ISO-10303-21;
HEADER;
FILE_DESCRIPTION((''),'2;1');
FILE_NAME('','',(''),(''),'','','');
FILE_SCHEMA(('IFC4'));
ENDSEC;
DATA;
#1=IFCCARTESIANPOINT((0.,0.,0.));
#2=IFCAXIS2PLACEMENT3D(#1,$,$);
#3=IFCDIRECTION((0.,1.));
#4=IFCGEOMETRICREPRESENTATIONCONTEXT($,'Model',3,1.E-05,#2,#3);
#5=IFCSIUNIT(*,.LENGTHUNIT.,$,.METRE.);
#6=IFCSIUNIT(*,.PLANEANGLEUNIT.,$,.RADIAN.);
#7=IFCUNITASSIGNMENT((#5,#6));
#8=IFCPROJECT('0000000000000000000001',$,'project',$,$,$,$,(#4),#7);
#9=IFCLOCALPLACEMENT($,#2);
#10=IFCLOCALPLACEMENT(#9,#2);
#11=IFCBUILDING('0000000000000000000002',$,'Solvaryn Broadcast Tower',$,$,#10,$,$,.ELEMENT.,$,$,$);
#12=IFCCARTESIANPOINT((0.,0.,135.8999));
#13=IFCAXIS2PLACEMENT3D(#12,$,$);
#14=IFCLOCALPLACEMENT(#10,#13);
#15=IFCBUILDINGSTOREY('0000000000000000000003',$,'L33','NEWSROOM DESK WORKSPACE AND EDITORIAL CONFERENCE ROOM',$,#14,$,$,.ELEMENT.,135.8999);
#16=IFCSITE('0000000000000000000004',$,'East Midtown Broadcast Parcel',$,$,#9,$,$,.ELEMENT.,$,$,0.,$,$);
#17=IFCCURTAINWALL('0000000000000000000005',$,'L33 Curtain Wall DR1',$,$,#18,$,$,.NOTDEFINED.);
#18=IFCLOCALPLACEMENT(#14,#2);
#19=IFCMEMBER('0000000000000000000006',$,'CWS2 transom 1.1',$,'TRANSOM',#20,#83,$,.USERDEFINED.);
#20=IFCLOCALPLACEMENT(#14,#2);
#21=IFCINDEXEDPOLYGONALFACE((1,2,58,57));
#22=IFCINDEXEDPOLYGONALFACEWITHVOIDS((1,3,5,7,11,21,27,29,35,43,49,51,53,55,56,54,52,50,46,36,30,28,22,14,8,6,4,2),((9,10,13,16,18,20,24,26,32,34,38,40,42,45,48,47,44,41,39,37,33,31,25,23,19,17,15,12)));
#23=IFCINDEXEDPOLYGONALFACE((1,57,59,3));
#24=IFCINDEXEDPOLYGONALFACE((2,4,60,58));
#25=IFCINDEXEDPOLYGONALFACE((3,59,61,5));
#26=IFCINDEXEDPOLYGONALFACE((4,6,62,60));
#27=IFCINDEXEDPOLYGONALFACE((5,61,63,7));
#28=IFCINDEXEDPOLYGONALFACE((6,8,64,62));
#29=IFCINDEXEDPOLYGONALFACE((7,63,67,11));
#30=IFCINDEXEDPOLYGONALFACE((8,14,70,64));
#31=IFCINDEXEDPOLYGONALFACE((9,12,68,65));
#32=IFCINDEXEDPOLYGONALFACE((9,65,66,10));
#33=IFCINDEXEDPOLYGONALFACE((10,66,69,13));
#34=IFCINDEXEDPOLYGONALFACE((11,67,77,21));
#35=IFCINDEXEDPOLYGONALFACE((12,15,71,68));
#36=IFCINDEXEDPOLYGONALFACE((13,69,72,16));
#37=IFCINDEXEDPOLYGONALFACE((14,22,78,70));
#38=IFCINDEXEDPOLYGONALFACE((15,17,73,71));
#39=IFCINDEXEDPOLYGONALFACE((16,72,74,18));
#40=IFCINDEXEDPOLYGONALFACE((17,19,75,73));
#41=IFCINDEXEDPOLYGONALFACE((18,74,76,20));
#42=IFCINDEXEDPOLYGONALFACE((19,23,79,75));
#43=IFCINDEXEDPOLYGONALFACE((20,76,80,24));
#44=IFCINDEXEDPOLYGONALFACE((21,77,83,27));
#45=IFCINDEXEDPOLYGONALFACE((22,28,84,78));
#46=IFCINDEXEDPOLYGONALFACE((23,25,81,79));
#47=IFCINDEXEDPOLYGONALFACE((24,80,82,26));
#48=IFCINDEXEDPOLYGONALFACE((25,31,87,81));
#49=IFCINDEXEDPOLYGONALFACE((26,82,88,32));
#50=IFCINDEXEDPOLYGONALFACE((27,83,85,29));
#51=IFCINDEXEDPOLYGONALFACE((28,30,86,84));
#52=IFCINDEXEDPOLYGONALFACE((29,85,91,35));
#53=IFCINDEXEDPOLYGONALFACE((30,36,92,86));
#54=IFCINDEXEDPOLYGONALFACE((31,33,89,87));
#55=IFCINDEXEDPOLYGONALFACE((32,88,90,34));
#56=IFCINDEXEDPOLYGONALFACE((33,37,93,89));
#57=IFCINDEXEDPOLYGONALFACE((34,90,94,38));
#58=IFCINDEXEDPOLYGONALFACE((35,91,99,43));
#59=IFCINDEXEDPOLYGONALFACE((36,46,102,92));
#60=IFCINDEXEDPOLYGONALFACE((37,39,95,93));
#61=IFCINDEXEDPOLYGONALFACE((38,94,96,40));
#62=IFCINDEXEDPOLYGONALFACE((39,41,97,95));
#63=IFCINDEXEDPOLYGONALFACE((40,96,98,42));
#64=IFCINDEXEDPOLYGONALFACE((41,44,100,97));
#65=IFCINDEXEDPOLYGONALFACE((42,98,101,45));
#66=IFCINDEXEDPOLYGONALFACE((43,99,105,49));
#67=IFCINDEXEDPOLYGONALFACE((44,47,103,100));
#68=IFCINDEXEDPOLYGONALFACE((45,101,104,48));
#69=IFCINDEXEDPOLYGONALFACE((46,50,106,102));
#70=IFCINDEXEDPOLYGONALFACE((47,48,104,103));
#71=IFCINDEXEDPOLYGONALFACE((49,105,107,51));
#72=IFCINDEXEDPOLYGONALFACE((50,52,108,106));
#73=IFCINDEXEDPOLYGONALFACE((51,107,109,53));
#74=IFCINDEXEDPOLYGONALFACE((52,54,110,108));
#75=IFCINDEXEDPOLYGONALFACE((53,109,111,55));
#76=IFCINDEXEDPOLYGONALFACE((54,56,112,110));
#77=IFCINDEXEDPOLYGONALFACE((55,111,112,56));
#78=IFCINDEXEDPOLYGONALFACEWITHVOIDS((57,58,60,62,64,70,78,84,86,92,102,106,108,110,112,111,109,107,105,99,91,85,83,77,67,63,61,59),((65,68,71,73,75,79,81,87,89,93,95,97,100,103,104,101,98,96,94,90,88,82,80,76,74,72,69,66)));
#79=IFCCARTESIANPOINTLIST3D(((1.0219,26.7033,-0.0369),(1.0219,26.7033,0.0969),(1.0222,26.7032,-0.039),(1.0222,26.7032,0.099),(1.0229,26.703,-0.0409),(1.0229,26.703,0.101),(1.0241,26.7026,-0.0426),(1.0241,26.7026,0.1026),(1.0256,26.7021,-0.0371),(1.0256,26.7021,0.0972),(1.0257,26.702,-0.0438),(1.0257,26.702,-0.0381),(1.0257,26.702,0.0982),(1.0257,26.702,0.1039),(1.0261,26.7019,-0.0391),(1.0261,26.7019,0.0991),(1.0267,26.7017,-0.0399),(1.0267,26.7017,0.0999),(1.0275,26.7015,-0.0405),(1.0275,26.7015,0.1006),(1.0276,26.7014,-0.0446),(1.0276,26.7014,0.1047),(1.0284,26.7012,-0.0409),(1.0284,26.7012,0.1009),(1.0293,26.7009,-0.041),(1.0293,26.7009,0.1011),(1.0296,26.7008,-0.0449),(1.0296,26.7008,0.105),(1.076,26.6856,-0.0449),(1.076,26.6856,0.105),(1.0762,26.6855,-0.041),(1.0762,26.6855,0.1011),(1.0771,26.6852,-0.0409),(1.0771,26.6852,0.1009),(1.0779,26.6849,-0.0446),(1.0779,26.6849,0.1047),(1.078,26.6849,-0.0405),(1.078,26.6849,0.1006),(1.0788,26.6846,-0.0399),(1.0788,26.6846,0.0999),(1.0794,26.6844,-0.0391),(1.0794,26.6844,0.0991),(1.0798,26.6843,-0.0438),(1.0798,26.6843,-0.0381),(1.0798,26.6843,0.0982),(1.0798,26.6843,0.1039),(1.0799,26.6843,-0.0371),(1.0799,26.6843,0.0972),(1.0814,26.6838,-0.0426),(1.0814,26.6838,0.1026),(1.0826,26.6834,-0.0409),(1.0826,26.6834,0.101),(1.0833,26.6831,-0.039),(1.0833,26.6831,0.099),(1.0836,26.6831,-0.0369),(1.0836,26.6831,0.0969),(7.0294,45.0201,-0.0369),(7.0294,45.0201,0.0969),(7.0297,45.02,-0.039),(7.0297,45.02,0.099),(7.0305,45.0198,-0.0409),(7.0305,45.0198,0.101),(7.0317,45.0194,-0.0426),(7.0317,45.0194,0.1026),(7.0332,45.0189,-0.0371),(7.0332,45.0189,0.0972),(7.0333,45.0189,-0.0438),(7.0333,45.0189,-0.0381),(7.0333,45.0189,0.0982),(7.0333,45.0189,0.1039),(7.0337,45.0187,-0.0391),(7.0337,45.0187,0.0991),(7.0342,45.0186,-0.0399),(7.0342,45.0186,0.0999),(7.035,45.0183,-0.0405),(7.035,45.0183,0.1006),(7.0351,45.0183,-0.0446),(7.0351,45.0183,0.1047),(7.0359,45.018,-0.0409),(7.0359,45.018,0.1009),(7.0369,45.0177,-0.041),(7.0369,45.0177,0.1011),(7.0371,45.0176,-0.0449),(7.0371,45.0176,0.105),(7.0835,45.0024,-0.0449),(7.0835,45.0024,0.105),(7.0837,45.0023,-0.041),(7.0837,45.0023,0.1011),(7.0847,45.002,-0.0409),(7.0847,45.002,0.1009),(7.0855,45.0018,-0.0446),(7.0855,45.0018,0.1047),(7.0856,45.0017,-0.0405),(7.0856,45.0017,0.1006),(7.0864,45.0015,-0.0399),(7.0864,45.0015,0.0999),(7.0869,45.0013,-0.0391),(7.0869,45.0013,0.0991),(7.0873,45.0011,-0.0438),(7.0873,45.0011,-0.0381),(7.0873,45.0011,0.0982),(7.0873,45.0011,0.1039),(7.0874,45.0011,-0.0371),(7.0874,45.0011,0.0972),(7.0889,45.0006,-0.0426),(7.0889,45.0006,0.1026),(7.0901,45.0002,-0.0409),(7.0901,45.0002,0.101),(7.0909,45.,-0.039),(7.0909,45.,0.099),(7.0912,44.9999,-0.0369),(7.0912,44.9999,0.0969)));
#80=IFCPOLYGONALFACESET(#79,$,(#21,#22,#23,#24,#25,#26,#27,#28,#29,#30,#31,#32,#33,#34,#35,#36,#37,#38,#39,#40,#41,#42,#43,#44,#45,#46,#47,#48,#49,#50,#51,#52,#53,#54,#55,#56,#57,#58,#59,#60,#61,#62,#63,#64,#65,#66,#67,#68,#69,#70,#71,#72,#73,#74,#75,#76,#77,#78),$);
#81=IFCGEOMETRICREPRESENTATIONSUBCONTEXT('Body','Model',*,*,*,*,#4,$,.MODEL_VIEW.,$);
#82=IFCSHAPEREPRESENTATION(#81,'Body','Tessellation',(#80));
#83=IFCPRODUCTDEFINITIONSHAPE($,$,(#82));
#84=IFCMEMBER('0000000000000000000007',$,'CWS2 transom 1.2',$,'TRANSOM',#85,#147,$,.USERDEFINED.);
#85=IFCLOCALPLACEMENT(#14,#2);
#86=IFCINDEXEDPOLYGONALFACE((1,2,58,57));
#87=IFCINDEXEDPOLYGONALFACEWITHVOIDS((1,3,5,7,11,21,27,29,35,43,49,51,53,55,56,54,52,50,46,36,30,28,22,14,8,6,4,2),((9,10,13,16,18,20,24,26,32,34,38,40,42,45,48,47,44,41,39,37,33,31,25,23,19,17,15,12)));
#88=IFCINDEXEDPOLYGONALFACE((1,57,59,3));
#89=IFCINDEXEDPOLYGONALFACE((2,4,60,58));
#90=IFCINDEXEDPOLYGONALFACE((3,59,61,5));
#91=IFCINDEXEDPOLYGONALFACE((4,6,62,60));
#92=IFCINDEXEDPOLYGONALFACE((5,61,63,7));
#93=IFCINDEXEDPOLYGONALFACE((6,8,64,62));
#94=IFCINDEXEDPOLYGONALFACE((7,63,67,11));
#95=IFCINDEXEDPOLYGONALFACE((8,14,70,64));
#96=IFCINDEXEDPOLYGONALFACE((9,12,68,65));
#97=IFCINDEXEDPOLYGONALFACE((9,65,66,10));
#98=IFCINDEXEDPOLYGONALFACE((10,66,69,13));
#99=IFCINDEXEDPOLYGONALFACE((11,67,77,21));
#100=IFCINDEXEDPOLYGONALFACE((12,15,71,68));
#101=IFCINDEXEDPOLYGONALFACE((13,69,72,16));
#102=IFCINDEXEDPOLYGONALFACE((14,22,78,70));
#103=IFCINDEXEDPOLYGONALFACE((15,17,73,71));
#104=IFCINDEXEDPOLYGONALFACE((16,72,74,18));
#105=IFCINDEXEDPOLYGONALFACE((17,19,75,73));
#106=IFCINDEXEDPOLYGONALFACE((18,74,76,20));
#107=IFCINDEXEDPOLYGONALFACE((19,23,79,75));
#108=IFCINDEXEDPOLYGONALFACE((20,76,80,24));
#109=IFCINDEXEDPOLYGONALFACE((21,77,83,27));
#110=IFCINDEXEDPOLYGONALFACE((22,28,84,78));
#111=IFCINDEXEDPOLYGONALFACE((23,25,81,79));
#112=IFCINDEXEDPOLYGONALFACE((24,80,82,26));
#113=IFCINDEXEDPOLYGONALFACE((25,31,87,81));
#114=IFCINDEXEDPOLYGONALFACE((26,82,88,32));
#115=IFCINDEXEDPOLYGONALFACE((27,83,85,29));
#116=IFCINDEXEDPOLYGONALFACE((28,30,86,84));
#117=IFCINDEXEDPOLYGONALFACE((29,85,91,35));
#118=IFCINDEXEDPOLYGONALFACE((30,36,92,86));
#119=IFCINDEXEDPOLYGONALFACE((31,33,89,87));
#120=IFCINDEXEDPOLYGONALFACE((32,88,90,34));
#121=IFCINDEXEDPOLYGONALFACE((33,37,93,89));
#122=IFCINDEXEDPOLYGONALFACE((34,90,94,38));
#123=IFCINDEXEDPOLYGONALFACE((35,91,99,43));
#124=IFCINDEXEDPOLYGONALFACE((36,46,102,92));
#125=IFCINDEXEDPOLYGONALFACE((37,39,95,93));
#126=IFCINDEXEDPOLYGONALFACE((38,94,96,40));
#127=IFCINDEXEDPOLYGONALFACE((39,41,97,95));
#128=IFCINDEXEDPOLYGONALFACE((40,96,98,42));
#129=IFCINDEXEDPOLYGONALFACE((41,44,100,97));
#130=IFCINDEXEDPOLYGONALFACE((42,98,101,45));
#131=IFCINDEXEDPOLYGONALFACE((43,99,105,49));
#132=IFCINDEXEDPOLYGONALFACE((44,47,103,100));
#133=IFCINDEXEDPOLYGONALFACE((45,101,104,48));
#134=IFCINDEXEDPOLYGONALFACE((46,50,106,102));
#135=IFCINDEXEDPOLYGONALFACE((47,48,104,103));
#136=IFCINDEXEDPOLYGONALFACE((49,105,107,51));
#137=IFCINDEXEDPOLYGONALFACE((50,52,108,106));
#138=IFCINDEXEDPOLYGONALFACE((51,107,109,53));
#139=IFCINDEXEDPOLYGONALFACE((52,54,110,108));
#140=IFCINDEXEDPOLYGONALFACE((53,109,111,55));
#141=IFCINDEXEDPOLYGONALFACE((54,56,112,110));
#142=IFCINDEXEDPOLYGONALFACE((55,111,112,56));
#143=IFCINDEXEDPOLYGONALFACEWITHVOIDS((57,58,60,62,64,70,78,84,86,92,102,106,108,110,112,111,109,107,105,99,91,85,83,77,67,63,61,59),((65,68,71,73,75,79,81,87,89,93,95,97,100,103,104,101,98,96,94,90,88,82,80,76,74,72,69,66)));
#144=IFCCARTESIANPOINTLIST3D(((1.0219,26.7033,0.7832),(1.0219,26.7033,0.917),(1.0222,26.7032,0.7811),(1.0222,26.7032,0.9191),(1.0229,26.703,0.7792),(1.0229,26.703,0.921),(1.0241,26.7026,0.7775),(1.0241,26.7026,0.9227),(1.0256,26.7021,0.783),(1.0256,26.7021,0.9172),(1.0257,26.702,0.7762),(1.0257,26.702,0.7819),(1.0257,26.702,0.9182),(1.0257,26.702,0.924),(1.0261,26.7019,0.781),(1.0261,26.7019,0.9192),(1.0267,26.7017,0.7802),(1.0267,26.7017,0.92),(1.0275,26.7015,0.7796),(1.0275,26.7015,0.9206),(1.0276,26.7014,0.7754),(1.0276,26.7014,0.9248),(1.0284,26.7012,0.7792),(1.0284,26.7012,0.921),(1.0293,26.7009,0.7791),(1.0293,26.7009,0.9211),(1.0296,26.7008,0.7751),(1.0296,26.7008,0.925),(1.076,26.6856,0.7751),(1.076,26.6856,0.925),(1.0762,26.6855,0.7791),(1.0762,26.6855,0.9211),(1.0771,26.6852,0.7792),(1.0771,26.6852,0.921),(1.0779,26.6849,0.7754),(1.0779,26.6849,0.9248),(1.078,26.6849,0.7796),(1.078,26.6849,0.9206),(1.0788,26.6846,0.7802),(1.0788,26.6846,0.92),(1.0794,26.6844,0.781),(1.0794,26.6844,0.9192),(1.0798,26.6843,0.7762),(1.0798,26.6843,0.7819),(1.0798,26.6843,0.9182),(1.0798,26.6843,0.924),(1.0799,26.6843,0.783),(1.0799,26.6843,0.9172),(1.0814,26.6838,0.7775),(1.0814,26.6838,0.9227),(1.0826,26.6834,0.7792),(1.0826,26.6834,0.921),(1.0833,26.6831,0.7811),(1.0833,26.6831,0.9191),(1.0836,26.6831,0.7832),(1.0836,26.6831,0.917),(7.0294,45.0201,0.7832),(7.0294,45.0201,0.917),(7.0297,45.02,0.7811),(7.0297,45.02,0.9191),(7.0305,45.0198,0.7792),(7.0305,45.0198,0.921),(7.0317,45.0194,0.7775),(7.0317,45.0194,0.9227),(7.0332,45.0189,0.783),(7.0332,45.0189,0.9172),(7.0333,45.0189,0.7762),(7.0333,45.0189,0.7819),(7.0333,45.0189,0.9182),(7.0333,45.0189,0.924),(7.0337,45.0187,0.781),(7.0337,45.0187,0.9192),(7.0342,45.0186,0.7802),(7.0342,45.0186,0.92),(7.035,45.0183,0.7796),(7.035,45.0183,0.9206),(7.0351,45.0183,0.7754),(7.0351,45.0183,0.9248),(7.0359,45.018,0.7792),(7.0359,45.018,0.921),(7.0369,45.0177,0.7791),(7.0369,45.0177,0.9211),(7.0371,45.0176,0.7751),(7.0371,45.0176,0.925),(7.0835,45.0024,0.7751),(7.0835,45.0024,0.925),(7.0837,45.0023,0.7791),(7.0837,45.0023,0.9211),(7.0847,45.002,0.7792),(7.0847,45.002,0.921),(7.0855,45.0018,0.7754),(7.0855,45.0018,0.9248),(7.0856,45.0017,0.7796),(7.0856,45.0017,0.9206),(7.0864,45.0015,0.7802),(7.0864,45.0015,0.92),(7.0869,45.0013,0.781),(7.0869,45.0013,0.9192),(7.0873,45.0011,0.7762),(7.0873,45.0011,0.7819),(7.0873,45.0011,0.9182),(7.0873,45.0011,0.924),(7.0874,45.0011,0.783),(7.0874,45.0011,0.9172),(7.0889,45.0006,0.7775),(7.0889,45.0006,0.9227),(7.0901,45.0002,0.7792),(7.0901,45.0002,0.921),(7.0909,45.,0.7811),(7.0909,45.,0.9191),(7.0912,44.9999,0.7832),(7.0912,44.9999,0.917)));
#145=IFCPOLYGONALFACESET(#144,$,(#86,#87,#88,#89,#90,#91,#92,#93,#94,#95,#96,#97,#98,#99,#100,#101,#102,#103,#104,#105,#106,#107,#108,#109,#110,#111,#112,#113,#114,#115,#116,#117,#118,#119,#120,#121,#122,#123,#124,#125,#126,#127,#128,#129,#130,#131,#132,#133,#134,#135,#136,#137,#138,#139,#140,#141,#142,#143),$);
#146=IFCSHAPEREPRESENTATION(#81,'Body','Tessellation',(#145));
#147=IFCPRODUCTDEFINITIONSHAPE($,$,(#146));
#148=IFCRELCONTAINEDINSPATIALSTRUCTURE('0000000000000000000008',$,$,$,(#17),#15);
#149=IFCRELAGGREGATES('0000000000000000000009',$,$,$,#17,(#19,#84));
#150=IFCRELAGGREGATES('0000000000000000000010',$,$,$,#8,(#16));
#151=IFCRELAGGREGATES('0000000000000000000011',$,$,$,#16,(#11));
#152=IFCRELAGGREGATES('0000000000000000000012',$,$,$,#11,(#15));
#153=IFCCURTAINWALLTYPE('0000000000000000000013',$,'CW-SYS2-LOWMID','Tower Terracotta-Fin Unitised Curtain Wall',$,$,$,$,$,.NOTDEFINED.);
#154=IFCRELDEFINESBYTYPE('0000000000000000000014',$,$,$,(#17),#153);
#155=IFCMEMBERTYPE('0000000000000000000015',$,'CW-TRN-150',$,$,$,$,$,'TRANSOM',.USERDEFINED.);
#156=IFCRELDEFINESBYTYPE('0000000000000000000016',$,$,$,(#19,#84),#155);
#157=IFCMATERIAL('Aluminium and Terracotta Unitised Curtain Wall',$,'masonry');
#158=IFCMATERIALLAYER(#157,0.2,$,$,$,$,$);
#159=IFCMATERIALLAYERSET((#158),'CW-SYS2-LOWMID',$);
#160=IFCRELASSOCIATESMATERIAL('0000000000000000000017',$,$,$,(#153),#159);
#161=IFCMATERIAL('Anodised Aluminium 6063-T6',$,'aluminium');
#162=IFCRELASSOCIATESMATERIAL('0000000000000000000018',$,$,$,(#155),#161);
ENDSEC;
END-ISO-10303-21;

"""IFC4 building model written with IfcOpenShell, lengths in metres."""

from ifc_helpers import new_model, si_unit, direction, frame, origin, origin_2d, place, context, subcontext, project, spatial, hollow_rectangle, extrude, material, layer, layer_set, material_profile, profile_set, type_object, element, aggregate, save


model = new_model("IFC4")

# Units and contexts
model_context = context("Model", 3, precision=1e-05, world=origin(), true_north=direction((0.0, 1.0)))
body_context = subcontext(model_context, "Body", "Model", "MODEL_VIEW")
ifc_project = project(units=[si_unit("LENGTHUNIT", "METRE"), si_unit("PLANEANGLEUNIT", "RADIAN")], contexts=[model_context])

# Site, building, storey
site_placement = place(None, origin())
site = spatial("IfcSite", under=ifc_project, at=site_placement, Name="East Midtown Broadcast Parcel", CompositionType="ELEMENT", RefElevation=0.0)
building_placement = place(site_placement, origin())
building = spatial("IfcBuilding", under=site, at=building_placement, Name="Solvaryn Broadcast Tower", CompositionType="ELEMENT")
storey_placement = place(building_placement, frame((0.0, 0.0, 135.8999)))
storey = spatial("IfcBuildingStorey", under=building, at=storey_placement, Name="L33", Description="NEWSROOM DESK WORKSPACE AND EDITORIAL CONFERENCE ROOM", CompositionType="ELEMENT", Elevation=135.8999)

# Curtain wall
ifc_material_1 = material(Name="Aluminium and Terracotta Unitised Curtain Wall", Category="masonry")
ifc_layer_1 = layer(ifc_material_1, 0.2)
ifc_layer_set_1 = layer_set([ifc_layer_1], Name="CW-SYS2-LOWMID")
curtain_wall_type = type_object("IfcCurtainWallType", Name="CW-SYS2-LOWMID", Description="Tower Terracotta-Fin Unitised Curtain Wall", PredefinedType="NOTDEFINED", material=ifc_layer_set_1)
curtain_wall_1_placement = place(storey_placement, origin())
curtain_wall_1 = element("IfcCurtainWall", 1, at=curtain_wall_1_placement, inside=storey, type_object=curtain_wall_type, Name="L33 Curtain Wall DR1", PredefinedType="NOTDEFINED")

# Members
ifc_material_2 = material(Name="Anodised Aluminium 6063-T6", Category="aluminium")
ifc_material_profile_1 = material_profile(ifc_material_2, hollow_rectangle(XDim=0.0649, YDim=0.1499, WallThickness=0.0039, InnerFilletRadius=0.0039, OuterFilletRadius=0.0081, at=origin_2d()))
ifc_profile_set_1 = profile_set([ifc_material_profile_1], Name="Anodised Aluminium 6063-T6")
member_type_1 = type_object("IfcMemberType", Name="CW-TRN-150", ElementType="TRANSOM", PredefinedType="USERDEFINED", material=ifc_profile_set_1)
member_1_placement = place(storey_placement, frame((7.0603, 45.01, 0.03), z_axis=(-0.311646, -0.950198, 0.0), x_axis=(0.950198, -0.311646, 0.0)))
member_1 = element("IfcMember", 2, at=member_1_placement, type_object=member_type_1, Name="CWS2 transom 1.1", ObjectType="TRANSOM", PredefinedType="USERDEFINED", context=body_context, shape_type="SweptSolid", body=[
    extrude(hollow_rectangle(XDim=0.0649, YDim=0.1499, WallThickness=0.0039, InnerFilletRadius=0.0039, OuterFilletRadius=0.0081, at=origin_2d()), origin(), (0.0, 0.0, 1.0), 19.2769),
])
member_2_placement = place(storey_placement, frame((7.0603, 45.01, 0.8501), z_axis=(-0.311646, -0.950198, 0.0), x_axis=(0.950198, -0.311646, 0.0)))
member_2 = element("IfcMember", 3, at=member_2_placement, type_object=member_type_1, Name="CWS2 transom 1.2", ObjectType="TRANSOM", PredefinedType="USERDEFINED", context=body_context, shape_type="SweptSolid", body=[
    extrude(hollow_rectangle(XDim=0.0649, YDim=0.1499, WallThickness=0.0039, InnerFilletRadius=0.0039, OuterFilletRadius=0.0081, at=origin_2d()), origin(), (0.0, 0.0, 1.0), 19.2769),
])
aggregate(curtain_wall_1, [member_1, member_2])

save(model, "model.ifc")
